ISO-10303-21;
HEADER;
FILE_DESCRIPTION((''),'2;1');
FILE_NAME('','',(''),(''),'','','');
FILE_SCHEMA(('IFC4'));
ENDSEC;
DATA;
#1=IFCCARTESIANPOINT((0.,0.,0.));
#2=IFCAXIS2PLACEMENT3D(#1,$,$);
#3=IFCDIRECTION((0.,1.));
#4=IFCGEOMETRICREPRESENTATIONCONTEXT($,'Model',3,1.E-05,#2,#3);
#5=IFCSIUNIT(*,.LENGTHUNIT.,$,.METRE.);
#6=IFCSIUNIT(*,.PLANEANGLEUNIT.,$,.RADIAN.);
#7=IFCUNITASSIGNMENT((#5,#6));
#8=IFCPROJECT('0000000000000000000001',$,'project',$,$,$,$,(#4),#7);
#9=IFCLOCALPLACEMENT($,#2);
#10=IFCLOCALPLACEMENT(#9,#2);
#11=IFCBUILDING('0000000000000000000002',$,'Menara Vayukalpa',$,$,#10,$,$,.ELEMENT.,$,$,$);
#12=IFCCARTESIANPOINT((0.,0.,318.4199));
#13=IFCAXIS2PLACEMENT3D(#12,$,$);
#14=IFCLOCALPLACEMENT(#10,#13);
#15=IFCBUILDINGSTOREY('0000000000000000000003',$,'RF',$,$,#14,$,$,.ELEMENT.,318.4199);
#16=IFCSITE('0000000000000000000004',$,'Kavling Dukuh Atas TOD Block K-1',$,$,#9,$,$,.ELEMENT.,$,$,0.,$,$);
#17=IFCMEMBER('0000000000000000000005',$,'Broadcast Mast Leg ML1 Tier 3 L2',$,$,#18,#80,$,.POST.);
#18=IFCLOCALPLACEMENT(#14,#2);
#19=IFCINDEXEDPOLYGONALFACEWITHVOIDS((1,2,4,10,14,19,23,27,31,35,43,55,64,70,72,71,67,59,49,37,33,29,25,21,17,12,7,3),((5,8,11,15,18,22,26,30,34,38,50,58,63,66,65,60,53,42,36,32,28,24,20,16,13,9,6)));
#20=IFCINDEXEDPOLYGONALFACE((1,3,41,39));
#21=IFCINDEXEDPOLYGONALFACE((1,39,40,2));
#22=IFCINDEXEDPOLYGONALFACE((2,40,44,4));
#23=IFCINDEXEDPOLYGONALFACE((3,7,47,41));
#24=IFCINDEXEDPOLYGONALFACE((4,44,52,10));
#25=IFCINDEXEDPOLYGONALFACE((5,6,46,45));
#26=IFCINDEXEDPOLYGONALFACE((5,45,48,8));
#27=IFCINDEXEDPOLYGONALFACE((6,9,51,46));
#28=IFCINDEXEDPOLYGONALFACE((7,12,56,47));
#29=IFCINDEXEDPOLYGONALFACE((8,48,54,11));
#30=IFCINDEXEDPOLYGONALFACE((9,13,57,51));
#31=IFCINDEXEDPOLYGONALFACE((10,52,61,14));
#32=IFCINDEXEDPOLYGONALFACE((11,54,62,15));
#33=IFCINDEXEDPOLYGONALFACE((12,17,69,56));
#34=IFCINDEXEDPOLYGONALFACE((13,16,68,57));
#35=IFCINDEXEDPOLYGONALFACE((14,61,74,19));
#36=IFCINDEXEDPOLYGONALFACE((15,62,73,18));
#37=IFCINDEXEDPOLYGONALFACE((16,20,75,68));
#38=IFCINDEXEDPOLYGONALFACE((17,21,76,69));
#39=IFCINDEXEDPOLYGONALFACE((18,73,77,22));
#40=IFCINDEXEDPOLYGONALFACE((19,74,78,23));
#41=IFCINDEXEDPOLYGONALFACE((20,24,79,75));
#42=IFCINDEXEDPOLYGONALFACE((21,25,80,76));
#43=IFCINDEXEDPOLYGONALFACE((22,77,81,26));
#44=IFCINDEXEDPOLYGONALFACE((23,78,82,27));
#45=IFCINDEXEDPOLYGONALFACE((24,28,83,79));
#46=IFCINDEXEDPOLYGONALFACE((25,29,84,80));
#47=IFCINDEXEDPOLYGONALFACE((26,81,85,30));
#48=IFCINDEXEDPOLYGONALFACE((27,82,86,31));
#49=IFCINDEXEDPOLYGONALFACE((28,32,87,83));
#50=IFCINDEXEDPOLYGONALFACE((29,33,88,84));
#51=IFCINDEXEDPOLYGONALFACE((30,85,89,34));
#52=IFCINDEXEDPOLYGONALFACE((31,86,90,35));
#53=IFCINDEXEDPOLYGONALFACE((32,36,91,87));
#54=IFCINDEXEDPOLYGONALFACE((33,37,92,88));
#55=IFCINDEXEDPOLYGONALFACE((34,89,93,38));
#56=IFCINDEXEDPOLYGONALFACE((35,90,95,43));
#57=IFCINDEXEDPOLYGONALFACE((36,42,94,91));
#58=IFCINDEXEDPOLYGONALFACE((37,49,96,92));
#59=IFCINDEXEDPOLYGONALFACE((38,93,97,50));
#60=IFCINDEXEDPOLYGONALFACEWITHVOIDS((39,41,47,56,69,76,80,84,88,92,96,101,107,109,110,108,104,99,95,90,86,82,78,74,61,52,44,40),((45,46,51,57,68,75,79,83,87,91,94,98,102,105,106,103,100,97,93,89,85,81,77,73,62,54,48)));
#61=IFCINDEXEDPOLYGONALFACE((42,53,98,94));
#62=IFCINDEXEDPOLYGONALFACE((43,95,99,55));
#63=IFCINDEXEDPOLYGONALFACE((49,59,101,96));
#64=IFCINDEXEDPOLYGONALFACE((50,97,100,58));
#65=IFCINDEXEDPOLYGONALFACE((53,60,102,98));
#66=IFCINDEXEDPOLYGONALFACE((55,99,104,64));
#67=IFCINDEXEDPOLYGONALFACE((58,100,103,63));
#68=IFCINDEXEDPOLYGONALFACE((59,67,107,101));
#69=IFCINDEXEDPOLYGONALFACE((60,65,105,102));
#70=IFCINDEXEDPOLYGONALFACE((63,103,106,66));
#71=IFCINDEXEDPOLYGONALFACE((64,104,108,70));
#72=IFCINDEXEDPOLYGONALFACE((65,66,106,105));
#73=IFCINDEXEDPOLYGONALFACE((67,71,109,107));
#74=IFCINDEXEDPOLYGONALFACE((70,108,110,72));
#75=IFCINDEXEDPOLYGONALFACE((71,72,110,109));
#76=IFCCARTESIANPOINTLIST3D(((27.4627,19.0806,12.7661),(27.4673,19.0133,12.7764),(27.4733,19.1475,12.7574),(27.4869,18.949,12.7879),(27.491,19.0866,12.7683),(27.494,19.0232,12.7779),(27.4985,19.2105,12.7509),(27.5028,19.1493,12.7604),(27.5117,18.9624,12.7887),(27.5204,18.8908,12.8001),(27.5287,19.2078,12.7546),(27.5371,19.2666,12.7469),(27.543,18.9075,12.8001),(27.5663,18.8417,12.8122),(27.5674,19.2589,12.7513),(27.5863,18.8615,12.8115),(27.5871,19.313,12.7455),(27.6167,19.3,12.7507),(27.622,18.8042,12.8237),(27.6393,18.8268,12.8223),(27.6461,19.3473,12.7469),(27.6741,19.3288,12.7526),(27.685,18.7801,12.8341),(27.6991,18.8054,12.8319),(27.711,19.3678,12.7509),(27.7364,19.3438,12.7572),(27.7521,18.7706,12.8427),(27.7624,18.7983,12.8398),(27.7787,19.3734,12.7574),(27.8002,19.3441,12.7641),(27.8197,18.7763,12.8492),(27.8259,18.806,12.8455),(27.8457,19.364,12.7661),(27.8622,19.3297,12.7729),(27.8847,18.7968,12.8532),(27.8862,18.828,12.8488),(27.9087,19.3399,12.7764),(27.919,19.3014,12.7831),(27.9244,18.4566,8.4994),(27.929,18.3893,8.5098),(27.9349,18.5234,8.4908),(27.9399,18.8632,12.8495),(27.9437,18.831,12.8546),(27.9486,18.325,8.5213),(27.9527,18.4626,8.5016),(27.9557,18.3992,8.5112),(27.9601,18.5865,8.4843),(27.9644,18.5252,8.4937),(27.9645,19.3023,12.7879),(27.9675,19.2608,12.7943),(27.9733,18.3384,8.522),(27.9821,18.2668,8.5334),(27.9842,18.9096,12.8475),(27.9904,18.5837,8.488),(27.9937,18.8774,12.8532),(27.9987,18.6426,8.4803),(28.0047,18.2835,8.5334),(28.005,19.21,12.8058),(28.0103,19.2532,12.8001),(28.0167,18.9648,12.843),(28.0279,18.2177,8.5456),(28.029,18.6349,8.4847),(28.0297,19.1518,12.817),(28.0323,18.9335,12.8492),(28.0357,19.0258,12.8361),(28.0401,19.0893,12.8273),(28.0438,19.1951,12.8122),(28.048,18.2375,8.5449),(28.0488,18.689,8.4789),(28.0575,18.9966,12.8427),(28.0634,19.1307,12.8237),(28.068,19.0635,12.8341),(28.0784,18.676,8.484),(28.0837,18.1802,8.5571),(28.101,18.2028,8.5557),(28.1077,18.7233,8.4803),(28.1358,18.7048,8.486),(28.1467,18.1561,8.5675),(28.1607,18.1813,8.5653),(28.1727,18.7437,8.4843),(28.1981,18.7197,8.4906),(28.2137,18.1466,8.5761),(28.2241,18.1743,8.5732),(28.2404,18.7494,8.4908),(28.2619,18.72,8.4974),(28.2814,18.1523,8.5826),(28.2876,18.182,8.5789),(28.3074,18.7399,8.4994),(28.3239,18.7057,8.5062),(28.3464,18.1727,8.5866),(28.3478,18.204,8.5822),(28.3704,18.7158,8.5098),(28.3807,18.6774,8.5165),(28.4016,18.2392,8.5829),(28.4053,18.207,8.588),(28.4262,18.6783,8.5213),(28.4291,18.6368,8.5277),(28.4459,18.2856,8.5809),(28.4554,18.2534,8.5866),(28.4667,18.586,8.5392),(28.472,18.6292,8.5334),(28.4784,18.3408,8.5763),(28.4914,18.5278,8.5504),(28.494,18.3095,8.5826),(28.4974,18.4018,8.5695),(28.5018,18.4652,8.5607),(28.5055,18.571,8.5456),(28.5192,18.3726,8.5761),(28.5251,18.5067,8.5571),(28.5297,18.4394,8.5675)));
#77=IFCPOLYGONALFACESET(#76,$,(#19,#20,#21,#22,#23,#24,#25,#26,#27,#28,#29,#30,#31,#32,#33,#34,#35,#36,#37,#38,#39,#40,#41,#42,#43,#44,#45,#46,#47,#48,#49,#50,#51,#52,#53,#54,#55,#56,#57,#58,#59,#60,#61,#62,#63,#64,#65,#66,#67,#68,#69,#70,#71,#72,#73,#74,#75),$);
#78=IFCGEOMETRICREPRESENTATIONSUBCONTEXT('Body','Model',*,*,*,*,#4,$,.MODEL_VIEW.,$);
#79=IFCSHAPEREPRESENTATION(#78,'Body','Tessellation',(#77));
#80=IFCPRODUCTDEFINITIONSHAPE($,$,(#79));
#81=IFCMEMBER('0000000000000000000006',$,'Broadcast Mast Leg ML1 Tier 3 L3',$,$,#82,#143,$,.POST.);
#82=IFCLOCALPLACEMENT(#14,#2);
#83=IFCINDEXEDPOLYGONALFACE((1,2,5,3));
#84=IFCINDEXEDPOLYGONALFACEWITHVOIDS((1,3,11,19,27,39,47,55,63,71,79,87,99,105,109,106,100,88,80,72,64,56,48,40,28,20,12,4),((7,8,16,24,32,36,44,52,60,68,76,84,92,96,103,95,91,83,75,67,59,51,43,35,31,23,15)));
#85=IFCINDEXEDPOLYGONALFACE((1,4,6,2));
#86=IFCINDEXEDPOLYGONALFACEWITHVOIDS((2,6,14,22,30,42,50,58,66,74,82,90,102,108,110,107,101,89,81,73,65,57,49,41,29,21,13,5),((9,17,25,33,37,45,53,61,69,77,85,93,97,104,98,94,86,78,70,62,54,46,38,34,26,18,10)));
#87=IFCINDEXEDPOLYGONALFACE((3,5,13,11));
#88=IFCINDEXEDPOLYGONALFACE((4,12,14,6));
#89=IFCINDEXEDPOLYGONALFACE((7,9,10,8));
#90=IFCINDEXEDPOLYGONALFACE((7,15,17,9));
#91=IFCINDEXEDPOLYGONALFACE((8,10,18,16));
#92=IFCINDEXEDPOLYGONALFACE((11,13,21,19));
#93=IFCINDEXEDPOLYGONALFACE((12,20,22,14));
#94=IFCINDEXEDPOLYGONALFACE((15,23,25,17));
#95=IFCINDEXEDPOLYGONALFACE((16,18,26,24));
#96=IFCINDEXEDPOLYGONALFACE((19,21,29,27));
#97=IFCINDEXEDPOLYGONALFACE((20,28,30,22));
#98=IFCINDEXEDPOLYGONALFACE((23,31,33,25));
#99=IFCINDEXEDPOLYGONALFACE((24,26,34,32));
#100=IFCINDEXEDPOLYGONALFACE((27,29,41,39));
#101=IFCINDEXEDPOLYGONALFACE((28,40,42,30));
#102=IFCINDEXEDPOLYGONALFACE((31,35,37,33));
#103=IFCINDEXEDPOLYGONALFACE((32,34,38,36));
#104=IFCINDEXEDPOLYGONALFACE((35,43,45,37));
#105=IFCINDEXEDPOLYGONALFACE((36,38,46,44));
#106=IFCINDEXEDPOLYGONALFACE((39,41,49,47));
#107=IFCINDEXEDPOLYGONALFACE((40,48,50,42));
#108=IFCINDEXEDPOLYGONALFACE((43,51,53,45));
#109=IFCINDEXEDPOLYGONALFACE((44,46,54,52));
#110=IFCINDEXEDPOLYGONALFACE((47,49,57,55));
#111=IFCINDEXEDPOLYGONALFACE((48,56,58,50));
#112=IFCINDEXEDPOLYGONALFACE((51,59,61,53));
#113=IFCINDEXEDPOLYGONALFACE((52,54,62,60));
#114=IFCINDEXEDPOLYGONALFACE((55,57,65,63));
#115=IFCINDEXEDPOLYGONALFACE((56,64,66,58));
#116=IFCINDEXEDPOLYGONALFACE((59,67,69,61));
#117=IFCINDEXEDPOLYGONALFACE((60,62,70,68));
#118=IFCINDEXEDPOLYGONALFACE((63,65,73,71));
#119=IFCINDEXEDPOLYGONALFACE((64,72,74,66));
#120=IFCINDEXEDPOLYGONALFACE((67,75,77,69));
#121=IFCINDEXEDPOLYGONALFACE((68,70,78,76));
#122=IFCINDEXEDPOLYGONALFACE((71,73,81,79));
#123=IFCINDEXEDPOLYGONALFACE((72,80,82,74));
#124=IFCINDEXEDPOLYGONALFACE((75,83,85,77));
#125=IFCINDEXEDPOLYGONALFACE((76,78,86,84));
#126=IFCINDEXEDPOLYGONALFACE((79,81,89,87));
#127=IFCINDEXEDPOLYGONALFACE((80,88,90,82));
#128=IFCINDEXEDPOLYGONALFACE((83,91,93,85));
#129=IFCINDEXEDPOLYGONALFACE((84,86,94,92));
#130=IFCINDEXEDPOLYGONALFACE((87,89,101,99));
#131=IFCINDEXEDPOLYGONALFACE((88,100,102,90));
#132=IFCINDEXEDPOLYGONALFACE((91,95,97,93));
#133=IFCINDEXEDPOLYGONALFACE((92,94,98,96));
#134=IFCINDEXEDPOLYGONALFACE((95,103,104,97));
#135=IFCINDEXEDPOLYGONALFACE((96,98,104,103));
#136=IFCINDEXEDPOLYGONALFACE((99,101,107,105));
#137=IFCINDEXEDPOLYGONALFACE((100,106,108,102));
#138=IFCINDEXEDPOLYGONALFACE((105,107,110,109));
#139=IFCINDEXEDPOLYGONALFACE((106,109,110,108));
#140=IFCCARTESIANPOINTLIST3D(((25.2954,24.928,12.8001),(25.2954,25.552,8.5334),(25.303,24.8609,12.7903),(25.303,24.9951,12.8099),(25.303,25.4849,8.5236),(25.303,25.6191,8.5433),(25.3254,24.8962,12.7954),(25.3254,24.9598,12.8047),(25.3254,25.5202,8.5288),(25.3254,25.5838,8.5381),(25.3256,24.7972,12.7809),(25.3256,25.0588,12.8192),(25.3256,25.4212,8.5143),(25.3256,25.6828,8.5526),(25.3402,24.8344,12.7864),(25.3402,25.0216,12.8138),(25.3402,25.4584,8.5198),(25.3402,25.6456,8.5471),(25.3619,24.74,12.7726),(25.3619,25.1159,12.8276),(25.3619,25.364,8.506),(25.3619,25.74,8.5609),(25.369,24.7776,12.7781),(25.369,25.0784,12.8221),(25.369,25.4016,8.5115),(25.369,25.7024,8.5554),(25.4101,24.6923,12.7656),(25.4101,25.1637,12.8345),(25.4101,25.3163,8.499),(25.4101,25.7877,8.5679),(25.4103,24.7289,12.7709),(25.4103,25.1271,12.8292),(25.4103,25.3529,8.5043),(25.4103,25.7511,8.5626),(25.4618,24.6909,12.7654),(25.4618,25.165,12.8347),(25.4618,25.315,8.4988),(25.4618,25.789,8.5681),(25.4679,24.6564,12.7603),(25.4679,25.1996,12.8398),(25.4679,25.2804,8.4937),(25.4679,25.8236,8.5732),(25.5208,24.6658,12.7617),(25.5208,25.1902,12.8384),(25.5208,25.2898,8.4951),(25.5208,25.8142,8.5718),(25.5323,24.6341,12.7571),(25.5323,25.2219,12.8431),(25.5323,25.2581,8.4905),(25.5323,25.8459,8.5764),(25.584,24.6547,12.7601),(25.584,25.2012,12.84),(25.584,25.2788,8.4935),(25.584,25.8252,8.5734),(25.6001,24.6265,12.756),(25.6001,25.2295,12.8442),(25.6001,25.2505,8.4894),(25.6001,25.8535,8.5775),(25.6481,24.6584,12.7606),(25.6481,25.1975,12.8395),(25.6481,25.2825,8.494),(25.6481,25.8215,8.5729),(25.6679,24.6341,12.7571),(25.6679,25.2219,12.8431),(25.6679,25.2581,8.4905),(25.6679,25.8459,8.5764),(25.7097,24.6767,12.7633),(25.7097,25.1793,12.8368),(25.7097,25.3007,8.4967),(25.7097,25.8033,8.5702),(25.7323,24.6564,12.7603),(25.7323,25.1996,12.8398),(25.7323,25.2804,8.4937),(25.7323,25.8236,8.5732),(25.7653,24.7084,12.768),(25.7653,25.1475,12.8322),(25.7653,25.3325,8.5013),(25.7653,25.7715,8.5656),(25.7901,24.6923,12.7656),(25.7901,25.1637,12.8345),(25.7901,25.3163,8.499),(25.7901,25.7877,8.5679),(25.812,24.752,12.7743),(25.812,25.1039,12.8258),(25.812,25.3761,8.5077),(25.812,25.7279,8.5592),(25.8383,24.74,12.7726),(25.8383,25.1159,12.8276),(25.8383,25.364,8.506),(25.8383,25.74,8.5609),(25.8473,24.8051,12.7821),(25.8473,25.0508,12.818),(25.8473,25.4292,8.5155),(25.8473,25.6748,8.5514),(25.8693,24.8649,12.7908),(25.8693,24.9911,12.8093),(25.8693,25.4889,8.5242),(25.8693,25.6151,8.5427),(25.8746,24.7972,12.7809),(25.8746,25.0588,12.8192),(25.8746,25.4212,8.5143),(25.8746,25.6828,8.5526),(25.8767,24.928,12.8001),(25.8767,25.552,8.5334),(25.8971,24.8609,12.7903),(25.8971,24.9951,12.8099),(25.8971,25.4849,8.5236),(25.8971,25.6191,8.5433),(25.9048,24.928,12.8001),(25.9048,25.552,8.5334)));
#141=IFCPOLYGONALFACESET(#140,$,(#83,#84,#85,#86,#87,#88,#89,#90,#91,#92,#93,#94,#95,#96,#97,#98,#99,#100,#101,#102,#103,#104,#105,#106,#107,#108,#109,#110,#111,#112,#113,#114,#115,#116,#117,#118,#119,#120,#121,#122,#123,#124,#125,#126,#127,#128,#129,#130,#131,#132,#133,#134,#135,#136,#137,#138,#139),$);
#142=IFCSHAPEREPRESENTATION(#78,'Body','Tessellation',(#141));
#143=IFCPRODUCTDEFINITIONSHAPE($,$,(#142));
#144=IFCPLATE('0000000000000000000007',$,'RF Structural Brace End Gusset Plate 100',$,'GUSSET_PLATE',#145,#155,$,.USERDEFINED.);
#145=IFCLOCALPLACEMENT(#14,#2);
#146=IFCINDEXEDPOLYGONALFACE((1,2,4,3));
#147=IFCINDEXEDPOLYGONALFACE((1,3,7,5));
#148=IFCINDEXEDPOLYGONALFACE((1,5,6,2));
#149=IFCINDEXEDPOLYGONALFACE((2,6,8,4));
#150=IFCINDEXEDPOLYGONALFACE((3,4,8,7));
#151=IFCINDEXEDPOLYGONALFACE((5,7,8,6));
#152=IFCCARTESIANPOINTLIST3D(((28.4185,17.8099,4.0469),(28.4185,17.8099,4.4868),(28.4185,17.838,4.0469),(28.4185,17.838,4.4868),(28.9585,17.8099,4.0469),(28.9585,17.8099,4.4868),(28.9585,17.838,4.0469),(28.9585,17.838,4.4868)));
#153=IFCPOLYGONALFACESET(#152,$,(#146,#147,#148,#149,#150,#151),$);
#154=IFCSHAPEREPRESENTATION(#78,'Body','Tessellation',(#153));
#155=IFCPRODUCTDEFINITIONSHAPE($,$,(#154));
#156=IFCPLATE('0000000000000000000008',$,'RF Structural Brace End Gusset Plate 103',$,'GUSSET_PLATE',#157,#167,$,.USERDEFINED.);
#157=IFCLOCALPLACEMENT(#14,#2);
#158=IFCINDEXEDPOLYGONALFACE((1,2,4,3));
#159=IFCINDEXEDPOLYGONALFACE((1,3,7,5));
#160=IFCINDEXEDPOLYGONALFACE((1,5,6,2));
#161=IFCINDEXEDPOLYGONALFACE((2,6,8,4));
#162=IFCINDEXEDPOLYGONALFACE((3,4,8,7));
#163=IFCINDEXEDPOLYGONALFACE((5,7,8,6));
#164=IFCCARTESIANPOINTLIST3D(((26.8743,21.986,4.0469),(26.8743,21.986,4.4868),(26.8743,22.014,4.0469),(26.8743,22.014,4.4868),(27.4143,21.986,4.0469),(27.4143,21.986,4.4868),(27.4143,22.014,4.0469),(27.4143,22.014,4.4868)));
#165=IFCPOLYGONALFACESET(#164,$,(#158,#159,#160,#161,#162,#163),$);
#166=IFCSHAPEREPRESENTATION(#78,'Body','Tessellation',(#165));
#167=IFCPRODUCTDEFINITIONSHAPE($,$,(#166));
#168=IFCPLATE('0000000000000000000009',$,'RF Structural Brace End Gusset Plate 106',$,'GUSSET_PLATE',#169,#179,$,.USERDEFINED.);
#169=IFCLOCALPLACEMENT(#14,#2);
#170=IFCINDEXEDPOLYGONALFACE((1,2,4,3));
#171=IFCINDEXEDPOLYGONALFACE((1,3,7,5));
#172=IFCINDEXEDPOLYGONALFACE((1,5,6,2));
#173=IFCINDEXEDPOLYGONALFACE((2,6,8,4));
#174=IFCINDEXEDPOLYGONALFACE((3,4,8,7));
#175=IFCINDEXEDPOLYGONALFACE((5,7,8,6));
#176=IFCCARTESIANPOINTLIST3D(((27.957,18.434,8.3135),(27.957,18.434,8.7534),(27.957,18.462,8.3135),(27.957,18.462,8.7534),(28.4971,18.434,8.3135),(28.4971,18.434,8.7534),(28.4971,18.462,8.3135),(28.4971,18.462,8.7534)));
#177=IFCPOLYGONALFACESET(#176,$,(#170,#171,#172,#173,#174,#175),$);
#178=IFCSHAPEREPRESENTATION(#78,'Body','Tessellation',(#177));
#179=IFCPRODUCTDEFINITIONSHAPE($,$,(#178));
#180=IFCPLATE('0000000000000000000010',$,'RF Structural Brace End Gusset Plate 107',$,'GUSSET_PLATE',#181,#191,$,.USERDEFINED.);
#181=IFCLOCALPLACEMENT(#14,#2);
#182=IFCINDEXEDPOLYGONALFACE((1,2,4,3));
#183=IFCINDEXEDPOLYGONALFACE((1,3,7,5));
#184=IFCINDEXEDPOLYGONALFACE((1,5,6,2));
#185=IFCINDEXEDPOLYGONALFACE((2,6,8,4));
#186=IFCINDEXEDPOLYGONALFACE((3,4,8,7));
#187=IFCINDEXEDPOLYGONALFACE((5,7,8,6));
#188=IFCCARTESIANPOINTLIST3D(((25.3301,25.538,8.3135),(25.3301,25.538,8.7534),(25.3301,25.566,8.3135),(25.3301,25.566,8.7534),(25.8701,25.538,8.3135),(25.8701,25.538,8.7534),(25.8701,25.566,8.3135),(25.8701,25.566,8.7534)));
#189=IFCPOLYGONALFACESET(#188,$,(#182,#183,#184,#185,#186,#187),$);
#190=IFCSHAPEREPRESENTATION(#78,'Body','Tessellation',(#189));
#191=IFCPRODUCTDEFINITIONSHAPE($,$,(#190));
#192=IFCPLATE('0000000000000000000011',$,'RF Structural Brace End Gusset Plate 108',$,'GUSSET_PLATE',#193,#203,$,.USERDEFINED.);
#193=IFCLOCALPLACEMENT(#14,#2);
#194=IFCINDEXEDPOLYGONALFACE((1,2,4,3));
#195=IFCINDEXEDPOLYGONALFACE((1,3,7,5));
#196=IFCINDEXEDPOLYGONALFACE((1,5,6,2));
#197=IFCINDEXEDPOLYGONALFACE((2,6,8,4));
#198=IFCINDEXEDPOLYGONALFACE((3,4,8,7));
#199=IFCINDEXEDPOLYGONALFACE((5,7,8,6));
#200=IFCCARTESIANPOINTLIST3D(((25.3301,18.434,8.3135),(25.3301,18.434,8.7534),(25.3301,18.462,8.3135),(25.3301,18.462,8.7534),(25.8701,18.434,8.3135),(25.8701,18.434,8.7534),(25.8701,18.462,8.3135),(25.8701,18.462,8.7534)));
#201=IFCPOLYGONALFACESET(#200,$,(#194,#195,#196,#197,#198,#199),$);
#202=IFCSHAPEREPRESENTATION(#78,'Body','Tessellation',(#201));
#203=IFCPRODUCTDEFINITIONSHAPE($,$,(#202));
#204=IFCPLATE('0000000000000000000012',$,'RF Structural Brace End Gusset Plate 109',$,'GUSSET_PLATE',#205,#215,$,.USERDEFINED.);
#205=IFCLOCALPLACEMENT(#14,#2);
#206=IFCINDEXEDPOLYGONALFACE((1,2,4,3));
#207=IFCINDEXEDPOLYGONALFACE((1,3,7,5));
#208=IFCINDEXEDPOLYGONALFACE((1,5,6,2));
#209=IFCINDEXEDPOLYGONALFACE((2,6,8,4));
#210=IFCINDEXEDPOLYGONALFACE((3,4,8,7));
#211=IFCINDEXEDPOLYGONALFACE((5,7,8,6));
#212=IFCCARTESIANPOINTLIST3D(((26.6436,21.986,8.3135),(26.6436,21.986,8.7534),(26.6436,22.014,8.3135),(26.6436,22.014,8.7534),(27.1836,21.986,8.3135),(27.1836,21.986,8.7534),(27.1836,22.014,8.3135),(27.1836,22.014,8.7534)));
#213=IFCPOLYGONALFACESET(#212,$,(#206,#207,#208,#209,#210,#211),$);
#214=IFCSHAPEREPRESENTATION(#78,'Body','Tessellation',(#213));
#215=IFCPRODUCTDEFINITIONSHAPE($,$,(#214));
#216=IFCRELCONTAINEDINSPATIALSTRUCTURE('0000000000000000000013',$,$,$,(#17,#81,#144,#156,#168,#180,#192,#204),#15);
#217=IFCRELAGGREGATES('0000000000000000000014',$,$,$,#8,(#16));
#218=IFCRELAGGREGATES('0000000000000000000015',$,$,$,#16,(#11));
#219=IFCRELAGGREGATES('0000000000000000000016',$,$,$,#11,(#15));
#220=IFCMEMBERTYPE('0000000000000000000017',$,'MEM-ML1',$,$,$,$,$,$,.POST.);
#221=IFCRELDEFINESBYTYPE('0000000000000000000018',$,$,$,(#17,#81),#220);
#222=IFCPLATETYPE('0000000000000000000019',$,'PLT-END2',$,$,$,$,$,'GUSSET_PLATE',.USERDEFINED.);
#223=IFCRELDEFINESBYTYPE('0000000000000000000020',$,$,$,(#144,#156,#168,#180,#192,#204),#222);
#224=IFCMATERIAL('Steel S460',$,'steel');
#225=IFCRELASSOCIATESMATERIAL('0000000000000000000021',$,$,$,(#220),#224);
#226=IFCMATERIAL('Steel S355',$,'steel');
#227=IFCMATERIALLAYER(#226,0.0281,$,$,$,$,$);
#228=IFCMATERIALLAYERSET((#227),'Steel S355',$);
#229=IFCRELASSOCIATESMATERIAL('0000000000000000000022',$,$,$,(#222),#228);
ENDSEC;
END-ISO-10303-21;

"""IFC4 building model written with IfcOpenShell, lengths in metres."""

from ifc_helpers import new_model, si_unit, direction, frame, origin, origin_2d, place, context, subcontext, project, spatial, rectangle, hollow_circle, extrude, material, layer, layer_set, material_profile, profile_set, type_object, element, save


model = new_model("IFC4")

# Units and contexts
model_context = context("Model", 3, precision=1e-05, world=origin(), true_north=direction((0.0, 1.0)))
body_context = subcontext(model_context, "Body", "Model", "MODEL_VIEW")
ifc_project = project(units=[si_unit("LENGTHUNIT", "METRE"), si_unit("PLANEANGLEUNIT", "RADIAN")], contexts=[model_context])

# Site, building, storey
site_placement = place(None, origin())
site = spatial("IfcSite", under=ifc_project, at=site_placement, Name="Kavling Dukuh Atas TOD Block K-1", CompositionType="ELEMENT", RefElevation=0.0)
building_placement = place(site_placement, origin())
building = spatial("IfcBuilding", under=site, at=building_placement, Name="Menara Vayukalpa", CompositionType="ELEMENT")
storey_placement = place(building_placement, frame((0.0, 0.0, 318.4199)))
storey = spatial("IfcBuildingStorey", under=building, at=storey_placement, Name="RF", CompositionType="ELEMENT", Elevation=318.4199)

# Members
ifc_material_1 = material(Name="Steel S460", Category="steel")
ifc_material_profile_1 = material_profile(ifc_material_1, hollow_circle(Radius=0.3047, WallThickness=0.0281, at=origin_2d()), Name="CHS 609.6x28")
ifc_profile_set_1 = profile_set([ifc_material_profile_1], Name="Steel S460")
member_type_1 = type_object("IfcMemberType", Name="MEM-ML1", PredefinedType="POST", material=ifc_profile_set_1)
for number, where, z_axis, x_axis, name in (
    (1, (28.2271, 18.448, 8.5334), (-0.106458, 0.143896, 0.98385), (-0.803908, -0.594754, 0.0), "Broadcast Mast Leg ML1 Tier 3 L2"),
):
    element("IfcMember", number, at=place(storey_placement, frame(where, z_axis=z_axis, x_axis=x_axis)), inside=storey, type_object=member_type_1, Name=name, PredefinedType="POST", context=body_context, shape_type="SweptSolid", body=[
        extrude(hollow_circle(Radius=0.3047, WallThickness=0.0281, at=origin_2d()), origin(), (0.0, 0.0, 1.0), 4.3367),
    ])
member_1_placement = place(storey_placement, frame((25.6001, 25.552, 8.5334), z_axis=(0.0, -0.144718, 0.989473), x_axis=(1.0, 0.0, 0.0)))
element("IfcMember", 2, at=member_1_placement, inside=storey, type_object=member_type_1, Name="Broadcast Mast Leg ML1 Tier 3 L3", PredefinedType="POST", context=body_context, shape_type="SweptSolid", body=[
    extrude(hollow_circle(Radius=0.3047, WallThickness=0.0281, at=origin_2d()), origin(), (0.0, 0.0, 1.0), 4.312),
])

# Plates
ifc_material_2 = material(Name="Steel S355", Category="steel")
ifc_layer_1 = layer(ifc_material_2, 0.0281)
ifc_layer_set_1 = layer_set([ifc_layer_1], Name="Steel S355")
plate_type_1 = type_object("IfcPlateType", Name="PLT-END2", ElementType="GUSSET_PLATE", PredefinedType="USERDEFINED", material=ifc_layer_set_1)
for number, where, z_axis, x_axis, name in (
    (3, (28.6885, 17.824, 4.0469), (0.0, 0.0, 1.0), (1.0, 0.0, 0.0), "RF Structural Brace End Gusset Plate 100"),
    (4, (27.1443, 22.0, 4.0469), (0.0, 0.0, 1.0), (1.0, 0.0, 0.0), "RF Structural Brace End Gusset Plate 103"),
    (5, (28.2271, 18.448, 8.3135), (0.0, 0.0, 1.0), (1.0, 0.0, 0.0), "RF Structural Brace End Gusset Plate 106"),
    (6, (25.6001, 25.552, 8.3135), (0.0, 0.0, 1.0), (1.0, 0.0, 0.0), "RF Structural Brace End Gusset Plate 107"),
    (7, (25.6001, 18.448, 8.3135), (0.0, 0.0, 1.0), (1.0, 0.0, 0.0), "RF Structural Brace End Gusset Plate 108"),
    (8, (26.9136, 22.0, 8.3135), (0.0, 0.0, 1.0), (1.0, 0.0, 0.0), "RF Structural Brace End Gusset Plate 109"),
):
    element("IfcPlate", number, at=place(storey_placement, frame(where, z_axis=z_axis, x_axis=x_axis)), inside=storey, type_object=plate_type_1, Name=name, ObjectType="GUSSET_PLATE", PredefinedType="USERDEFINED", context=body_context, shape_type="SweptSolid", body=[
        extrude(rectangle(XDim=0.54, YDim=0.0281, at=origin_2d()), origin(), (0.0, 0.0, 1.0), 0.4399),
    ])

save(model, "model.ifc")
